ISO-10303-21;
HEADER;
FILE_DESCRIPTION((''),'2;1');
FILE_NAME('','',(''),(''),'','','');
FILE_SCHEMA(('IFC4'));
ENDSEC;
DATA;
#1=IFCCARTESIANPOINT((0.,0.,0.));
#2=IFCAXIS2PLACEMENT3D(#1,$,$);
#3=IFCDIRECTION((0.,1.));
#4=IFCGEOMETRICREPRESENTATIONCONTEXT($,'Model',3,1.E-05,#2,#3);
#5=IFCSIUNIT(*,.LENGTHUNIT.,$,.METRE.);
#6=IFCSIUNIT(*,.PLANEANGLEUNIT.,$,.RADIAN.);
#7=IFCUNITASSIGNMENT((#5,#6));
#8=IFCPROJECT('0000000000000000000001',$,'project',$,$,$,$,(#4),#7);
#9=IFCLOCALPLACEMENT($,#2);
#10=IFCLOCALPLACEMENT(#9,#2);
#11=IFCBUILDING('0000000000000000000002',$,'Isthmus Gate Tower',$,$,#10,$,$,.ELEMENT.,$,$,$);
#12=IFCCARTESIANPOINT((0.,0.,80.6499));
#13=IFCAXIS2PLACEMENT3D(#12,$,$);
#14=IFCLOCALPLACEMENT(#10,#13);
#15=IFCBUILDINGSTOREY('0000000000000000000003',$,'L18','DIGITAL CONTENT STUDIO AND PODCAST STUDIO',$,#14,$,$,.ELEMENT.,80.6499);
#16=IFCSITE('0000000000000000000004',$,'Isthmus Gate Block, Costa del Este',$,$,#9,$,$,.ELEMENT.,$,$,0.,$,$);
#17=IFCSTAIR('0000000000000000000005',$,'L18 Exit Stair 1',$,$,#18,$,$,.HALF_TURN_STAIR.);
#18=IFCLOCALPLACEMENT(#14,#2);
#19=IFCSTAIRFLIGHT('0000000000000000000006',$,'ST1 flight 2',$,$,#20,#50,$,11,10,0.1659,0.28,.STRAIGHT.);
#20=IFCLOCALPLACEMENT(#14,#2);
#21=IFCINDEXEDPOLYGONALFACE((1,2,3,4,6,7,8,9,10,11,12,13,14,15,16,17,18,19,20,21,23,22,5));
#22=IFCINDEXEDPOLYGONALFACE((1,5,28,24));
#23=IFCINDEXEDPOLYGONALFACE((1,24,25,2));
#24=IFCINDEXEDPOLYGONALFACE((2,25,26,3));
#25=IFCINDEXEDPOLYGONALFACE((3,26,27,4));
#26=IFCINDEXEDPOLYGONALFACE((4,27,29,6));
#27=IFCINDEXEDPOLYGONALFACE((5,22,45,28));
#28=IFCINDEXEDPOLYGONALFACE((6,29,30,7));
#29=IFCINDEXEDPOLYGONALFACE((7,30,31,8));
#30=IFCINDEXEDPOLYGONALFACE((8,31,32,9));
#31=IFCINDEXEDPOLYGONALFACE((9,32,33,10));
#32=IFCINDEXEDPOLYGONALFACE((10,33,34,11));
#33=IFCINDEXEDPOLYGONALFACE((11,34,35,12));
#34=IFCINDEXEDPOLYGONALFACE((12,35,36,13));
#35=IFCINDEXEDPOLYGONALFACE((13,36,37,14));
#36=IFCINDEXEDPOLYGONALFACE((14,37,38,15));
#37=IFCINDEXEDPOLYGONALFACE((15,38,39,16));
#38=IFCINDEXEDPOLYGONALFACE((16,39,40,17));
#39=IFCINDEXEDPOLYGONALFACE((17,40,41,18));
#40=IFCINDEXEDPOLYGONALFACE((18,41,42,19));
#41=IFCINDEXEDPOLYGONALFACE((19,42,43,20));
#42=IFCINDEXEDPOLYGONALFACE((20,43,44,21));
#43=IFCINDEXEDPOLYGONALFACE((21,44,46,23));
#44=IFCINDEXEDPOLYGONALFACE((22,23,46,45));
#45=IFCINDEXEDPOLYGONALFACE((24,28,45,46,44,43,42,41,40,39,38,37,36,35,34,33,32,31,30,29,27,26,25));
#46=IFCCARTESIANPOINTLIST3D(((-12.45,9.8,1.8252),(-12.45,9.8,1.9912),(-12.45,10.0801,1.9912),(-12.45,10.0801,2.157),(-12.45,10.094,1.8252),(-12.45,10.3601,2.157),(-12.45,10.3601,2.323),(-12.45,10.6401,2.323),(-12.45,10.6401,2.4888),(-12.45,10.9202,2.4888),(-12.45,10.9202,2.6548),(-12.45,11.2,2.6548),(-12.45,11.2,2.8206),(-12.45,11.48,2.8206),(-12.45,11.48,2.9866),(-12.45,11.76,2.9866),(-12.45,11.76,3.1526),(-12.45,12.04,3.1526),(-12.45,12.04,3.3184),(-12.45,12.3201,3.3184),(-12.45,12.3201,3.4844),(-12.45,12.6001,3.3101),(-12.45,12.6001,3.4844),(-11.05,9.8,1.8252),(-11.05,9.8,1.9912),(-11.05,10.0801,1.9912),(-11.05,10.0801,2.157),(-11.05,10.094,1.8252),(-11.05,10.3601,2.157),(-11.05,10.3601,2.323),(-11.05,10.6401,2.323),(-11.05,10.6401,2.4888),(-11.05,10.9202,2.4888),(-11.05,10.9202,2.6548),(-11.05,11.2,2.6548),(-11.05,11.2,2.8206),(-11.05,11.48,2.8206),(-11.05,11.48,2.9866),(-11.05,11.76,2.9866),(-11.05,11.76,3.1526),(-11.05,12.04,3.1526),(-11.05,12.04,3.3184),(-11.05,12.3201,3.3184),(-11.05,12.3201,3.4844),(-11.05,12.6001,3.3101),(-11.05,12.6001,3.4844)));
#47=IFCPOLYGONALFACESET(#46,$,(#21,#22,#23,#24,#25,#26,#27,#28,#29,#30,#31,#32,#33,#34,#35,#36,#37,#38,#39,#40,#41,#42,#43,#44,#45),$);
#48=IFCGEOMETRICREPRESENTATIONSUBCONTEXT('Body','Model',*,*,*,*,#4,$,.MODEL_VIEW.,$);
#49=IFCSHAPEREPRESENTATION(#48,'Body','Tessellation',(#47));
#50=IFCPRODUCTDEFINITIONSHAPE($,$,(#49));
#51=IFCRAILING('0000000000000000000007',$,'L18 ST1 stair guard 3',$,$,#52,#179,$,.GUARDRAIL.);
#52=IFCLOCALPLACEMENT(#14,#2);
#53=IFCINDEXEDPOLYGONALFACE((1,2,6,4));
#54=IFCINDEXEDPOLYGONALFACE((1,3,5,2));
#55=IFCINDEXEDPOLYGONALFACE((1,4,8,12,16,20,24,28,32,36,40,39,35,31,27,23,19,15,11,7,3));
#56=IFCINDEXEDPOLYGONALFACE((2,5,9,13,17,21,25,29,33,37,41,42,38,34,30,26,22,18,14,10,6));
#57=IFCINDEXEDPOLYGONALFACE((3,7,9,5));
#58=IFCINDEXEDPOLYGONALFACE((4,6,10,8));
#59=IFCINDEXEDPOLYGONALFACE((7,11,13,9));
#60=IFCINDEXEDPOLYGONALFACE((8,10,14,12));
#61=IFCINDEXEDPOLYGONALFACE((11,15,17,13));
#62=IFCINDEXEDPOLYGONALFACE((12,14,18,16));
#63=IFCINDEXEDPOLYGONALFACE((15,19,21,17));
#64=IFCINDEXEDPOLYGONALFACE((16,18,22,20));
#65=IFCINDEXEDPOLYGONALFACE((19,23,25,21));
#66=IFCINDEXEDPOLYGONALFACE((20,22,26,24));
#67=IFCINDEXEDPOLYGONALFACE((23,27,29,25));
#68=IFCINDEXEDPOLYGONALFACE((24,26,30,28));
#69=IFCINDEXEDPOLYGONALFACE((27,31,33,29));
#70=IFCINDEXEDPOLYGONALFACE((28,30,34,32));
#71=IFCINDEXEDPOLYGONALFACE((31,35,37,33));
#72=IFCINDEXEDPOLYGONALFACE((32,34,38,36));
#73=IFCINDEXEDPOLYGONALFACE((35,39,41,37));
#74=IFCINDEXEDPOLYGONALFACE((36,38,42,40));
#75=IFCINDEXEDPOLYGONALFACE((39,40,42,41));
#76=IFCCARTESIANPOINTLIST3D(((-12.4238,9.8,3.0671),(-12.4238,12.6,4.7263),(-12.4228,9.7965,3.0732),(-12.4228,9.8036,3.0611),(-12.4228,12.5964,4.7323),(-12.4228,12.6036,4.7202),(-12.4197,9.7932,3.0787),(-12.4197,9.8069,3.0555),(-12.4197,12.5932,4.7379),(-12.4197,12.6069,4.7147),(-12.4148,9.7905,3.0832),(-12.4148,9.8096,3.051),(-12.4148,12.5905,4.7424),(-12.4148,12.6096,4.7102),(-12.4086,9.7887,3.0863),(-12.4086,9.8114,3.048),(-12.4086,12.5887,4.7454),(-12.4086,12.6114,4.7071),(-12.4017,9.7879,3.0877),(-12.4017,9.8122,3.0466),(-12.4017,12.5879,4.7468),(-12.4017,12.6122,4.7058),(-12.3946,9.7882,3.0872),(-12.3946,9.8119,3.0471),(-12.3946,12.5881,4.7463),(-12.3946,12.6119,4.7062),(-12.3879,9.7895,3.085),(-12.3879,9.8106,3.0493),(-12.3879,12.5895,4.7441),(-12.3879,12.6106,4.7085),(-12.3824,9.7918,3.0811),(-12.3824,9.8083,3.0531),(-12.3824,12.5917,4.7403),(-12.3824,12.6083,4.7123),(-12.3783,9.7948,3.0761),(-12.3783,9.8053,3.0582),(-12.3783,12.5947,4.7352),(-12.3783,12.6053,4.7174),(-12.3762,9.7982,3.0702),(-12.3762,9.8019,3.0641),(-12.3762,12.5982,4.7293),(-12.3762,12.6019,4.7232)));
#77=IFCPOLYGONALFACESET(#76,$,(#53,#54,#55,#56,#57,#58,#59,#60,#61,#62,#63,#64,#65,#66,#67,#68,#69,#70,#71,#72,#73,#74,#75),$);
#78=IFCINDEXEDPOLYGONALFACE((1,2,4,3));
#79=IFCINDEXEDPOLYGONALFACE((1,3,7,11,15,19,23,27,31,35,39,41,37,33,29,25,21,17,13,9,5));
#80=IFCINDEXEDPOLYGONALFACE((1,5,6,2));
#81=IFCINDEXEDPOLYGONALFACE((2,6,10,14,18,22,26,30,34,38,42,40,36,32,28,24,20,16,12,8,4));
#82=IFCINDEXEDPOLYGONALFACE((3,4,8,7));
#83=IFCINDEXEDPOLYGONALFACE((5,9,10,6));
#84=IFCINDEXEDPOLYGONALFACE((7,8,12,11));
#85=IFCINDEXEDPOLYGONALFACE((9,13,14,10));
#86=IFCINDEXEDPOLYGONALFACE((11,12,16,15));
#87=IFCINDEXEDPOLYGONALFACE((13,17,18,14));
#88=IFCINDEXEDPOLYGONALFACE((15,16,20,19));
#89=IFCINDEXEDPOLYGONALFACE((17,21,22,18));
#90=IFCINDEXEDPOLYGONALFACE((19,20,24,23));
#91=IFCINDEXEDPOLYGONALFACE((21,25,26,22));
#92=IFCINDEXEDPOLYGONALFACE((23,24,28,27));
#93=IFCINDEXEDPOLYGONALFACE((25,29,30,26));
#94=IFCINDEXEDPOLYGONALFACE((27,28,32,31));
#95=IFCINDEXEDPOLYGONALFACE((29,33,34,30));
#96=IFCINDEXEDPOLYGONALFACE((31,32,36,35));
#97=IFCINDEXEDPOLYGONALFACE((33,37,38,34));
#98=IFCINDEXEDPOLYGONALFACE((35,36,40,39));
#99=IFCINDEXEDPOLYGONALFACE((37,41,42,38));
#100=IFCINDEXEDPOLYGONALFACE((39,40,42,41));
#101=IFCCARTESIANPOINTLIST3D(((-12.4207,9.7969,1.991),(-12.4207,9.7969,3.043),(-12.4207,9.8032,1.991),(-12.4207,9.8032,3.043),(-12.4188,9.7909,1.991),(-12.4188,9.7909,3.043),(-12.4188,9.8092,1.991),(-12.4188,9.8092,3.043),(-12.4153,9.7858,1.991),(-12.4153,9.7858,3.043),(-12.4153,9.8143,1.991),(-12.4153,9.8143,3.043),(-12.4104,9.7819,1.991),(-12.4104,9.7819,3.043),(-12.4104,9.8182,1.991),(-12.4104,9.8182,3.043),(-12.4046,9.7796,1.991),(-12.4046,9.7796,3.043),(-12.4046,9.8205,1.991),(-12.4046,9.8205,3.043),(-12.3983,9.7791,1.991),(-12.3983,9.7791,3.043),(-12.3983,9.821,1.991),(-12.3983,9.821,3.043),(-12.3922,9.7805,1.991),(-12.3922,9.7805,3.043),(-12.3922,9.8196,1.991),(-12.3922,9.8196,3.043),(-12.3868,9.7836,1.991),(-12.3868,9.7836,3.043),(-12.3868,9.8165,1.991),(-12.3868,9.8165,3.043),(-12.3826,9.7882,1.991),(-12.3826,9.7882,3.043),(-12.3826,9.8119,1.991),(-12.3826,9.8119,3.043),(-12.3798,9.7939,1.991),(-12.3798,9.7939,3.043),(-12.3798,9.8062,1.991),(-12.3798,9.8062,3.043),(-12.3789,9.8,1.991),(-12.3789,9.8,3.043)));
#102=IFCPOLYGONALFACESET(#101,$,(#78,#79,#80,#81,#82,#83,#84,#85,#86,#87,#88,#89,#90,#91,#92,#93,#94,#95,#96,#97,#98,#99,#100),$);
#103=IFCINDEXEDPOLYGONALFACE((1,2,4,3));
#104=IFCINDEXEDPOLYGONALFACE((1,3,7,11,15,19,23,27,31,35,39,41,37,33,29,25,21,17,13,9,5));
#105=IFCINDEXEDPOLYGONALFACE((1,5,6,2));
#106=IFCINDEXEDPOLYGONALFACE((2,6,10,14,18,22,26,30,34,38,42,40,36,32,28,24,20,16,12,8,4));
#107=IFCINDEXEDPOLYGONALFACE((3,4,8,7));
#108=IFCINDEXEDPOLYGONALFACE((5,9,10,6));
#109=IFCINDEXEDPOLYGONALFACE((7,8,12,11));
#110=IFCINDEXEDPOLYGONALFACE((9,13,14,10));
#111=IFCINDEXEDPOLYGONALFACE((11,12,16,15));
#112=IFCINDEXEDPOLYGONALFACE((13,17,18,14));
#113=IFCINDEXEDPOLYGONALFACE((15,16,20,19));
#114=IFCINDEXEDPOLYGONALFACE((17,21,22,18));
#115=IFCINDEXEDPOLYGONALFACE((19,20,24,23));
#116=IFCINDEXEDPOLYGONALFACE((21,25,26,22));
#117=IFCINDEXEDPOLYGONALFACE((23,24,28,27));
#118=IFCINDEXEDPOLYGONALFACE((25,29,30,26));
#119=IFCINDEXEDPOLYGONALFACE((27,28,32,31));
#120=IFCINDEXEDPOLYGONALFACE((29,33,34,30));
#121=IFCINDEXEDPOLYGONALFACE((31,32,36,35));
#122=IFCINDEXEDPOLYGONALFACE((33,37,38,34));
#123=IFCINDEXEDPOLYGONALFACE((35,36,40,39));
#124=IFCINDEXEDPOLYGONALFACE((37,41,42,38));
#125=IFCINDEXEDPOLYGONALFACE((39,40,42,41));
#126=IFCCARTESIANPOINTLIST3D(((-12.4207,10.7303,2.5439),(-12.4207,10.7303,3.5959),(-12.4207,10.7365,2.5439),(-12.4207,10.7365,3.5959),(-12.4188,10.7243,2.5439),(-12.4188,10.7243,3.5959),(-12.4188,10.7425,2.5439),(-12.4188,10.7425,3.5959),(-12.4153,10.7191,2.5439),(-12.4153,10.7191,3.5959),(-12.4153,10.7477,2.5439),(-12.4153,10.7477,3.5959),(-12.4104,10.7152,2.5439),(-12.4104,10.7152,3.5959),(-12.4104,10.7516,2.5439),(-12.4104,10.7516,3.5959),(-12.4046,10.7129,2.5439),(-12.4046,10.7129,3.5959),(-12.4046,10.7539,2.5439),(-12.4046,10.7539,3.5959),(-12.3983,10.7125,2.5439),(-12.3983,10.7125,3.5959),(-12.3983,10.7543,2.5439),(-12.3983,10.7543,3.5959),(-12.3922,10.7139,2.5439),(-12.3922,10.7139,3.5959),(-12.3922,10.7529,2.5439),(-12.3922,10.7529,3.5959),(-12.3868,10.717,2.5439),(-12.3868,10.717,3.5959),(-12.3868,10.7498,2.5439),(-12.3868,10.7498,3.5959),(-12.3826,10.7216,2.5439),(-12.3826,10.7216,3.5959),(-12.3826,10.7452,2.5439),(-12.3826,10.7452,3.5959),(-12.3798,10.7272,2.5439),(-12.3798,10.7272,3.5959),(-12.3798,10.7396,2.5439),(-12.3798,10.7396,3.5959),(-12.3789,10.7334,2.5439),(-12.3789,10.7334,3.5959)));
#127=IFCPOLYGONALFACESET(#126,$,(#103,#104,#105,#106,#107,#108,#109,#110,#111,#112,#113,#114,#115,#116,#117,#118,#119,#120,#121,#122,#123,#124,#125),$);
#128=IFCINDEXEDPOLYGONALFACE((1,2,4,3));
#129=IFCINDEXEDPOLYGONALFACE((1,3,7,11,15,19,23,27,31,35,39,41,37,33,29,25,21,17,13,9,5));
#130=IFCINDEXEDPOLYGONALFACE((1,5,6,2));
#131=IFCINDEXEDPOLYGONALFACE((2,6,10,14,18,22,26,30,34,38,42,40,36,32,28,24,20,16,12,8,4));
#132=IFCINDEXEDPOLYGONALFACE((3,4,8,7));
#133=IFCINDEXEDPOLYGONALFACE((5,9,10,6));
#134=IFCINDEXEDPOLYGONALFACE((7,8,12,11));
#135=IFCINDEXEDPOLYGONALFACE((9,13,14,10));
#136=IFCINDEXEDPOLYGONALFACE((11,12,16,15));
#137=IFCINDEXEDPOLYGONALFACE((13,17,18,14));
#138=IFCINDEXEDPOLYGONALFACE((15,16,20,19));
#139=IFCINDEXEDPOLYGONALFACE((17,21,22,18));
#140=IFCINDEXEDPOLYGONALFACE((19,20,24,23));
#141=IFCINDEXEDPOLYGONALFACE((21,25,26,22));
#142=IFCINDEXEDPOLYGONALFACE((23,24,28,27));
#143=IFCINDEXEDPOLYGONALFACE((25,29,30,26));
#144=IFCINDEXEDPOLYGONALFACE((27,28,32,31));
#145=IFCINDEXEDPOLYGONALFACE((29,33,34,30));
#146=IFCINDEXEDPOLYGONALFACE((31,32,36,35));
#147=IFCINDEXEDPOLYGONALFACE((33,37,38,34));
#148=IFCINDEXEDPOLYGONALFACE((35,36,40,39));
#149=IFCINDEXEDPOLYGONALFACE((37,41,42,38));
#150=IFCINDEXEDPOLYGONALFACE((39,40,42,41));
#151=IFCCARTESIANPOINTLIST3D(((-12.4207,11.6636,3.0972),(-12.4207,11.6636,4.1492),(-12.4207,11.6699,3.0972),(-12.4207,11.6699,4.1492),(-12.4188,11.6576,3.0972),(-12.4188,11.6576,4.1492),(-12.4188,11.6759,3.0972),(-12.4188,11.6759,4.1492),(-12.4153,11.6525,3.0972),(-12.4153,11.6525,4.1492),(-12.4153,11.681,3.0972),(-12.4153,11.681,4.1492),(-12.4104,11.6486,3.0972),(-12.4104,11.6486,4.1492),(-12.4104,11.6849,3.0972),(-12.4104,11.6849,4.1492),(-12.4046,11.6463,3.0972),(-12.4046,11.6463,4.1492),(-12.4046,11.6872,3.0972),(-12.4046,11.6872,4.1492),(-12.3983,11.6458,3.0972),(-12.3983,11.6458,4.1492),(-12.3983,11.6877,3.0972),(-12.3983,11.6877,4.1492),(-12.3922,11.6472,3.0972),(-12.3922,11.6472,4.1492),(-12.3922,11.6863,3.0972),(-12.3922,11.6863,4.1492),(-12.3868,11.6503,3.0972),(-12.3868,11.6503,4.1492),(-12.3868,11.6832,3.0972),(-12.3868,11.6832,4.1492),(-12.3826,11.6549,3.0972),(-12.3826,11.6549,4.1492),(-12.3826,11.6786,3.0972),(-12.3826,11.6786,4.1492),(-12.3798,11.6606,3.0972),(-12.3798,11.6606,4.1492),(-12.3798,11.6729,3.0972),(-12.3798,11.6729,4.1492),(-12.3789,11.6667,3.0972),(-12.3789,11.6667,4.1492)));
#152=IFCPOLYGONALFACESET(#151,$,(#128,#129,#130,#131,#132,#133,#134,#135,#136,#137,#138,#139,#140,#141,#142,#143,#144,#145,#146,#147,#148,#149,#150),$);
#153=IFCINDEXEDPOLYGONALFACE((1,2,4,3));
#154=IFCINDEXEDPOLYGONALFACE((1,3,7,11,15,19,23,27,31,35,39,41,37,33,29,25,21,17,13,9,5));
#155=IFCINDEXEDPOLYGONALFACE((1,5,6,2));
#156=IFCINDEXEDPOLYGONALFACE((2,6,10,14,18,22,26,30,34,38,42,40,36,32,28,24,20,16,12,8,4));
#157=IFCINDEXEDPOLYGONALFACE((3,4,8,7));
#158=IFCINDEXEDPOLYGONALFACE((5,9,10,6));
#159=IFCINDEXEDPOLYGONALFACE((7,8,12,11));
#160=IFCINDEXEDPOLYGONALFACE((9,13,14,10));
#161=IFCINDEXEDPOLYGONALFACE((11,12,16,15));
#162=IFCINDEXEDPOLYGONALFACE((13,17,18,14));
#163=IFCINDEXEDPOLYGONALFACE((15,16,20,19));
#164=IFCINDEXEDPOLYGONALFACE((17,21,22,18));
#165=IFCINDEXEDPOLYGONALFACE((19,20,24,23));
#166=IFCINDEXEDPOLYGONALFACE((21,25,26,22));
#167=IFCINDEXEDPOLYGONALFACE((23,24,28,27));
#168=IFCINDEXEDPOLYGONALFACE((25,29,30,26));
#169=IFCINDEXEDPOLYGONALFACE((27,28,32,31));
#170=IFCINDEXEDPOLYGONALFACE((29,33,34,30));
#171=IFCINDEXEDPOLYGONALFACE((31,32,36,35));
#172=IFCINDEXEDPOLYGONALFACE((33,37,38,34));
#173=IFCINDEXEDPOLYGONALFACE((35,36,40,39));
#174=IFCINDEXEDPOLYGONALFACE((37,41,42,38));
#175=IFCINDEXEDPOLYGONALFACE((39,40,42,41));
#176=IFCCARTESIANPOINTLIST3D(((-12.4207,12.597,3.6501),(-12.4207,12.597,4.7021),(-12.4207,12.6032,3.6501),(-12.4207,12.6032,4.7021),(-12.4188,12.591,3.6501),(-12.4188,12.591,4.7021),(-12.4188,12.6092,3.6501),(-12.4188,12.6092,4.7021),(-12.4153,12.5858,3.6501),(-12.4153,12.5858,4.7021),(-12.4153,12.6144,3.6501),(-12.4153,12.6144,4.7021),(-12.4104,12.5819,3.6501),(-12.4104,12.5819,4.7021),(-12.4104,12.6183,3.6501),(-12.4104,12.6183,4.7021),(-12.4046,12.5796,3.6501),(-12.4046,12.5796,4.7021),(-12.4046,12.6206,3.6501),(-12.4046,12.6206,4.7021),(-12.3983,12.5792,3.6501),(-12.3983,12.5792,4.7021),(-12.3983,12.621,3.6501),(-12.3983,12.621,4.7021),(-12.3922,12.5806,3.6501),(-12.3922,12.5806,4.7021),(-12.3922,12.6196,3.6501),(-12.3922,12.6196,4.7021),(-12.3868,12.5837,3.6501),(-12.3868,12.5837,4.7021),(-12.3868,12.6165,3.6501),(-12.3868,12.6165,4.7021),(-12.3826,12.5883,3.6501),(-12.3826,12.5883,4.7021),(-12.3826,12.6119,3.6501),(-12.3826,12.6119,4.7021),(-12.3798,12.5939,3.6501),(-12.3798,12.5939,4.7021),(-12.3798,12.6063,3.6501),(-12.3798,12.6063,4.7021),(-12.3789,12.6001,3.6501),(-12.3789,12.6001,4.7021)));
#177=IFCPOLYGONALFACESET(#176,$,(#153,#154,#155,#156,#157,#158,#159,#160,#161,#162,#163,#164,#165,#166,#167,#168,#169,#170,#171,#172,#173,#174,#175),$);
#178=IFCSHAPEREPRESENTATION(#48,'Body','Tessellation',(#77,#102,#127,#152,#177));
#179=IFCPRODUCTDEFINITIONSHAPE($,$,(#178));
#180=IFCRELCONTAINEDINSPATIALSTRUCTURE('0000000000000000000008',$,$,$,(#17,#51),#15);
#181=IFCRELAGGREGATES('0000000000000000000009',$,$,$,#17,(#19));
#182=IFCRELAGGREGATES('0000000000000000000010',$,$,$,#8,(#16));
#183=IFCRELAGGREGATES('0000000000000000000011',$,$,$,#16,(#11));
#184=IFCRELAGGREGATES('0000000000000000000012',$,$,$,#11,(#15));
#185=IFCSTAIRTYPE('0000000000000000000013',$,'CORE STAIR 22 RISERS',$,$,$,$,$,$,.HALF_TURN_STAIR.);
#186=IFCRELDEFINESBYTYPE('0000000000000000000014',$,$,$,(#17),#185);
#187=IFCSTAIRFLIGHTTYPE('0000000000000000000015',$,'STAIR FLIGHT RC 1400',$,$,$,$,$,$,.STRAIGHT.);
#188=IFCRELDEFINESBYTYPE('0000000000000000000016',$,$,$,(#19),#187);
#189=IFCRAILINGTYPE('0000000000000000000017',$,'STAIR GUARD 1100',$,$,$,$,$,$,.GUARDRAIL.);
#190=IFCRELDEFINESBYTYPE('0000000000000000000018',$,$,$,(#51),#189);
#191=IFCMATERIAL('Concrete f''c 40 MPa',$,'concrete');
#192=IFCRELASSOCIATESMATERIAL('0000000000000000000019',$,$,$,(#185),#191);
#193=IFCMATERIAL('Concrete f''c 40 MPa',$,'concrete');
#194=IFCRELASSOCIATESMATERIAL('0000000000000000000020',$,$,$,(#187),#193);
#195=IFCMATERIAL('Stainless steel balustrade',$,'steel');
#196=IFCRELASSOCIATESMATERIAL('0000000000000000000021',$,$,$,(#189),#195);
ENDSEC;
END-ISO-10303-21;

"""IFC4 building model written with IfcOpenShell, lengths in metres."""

from ifc_helpers import new_model, si_unit, direction, frame, origin, origin_2d, place, context, subcontext, project, spatial, polyline, circle, outline, extrude, material, type_object, element, aggregate, save


model = new_model("IFC4")

# Units and contexts
model_context = context("Model", 3, precision=1e-05, world=origin(), true_north=direction((0.0, 1.0)))
body_context = subcontext(model_context, "Body", "Model", "MODEL_VIEW")
ifc_project = project(units=[si_unit("LENGTHUNIT", "METRE"), si_unit("PLANEANGLEUNIT", "RADIAN")], contexts=[model_context])

# Site, building, storey
site_placement = place(None, origin())
site = spatial("IfcSite", under=ifc_project, at=site_placement, Name="Isthmus Gate Block, Costa del Este", CompositionType="ELEMENT", RefElevation=0.0)
building_placement = place(site_placement, origin())
building = spatial("IfcBuilding", under=site, at=building_placement, Name="Isthmus Gate Tower", CompositionType="ELEMENT")
storey_placement = place(building_placement, frame((0.0, 0.0, 80.6499)))
storey = spatial("IfcBuildingStorey", under=building, at=storey_placement, Name="L18", Description="DIGITAL CONTENT STUDIO AND PODCAST STUDIO", CompositionType="ELEMENT", Elevation=80.6499)

# Stair, stair flight
ifc_material_1 = material(Name="Concrete f'c 40 MPa", Category="concrete")
stair_type = type_object("IfcStairType", Name="CORE STAIR 22 RISERS", PredefinedType="HALF_TURN_STAIR", material=ifc_material_1)
stair_placement = place(storey_placement, origin())
stair = element("IfcStair", 1, at=stair_placement, inside=storey, type_object=stair_type, Name="L18 Exit Stair 1", PredefinedType="HALF_TURN_STAIR")
ifc_material_2 = material(Name="Concrete f'c 40 MPa", Category="concrete")
stair_flight_type = type_object("IfcStairFlightType", Name="STAIR FLIGHT RC 1400", PredefinedType="STRAIGHT", material=ifc_material_2)
stair_flight_placement = place(storey_placement, frame((-11.75, 9.8, 1.8252), z_axis=(0.0, 0.0, 1.0), x_axis=(0.0, 1.0, 0.0)))
stair_flight = element("IfcStairFlight", 2, at=stair_flight_placement, type_object=stair_flight_type, Name="ST1 flight 2", NumberOfRisers=11, NumberOfTreads=10, PredefinedType="STRAIGHT", RiserHeight=0.1659, TreadLength=0.28, context=body_context, shape_type="SweptSolid", body=[
    extrude(outline(polyline([(0.0, 0.0), (0.0, 0.166), (0.28, 0.166), (0.28, 0.3318), (0.5601, 0.3318), (0.5601, 0.4978), (0.8401, 0.4978), (0.8401, 0.6636), (1.1201, 0.6636), (1.1201, 0.8296), (1.3999, 0.8296), (1.3999, 0.9954), (1.6799, 0.9954), (1.6799, 1.1614), (1.96, 1.1614), (1.96, 1.3274), (2.24, 1.3274), (2.24, 1.4932), (2.52, 1.4932), (2.52, 1.6592), (2.8, 1.6592), (2.8, 1.825), (2.8, 1.4849), (0.2939, 0.0), (0.0, 0.0)])), frame((0.0, 0.7, 0.0), z_axis=(0.0, -1.0, 0.0), x_axis=(1.0, 0.0, 0.0)), (0.0, 0.0, 1.0), 1.3999),
])
aggregate(stair, [stair_flight])

# Railing
ifc_material_3 = material(Name="Stainless steel balustrade", Category="steel")
railing_type_1 = type_object("IfcRailingType", Name="STAIR GUARD 1100", PredefinedType="GUARDRAIL", material=ifc_material_3)
railing_1_placement = place(storey_placement, frame((-12.3999, 9.8, 1.991)))
element("IfcRailing", 3, at=railing_1_placement, inside=storey, type_object=railing_type_1, Name="L18 ST1 stair guard 3", PredefinedType="GUARDRAIL", context=body_context, shape_type="SweptSolid", body=[
    extrude(circle(Radius=0.0239, at=origin_2d()), frame((0.0, 0.0, 1.0762), z_axis=(0.0, 0.860306, 0.509778), x_axis=(-1.0, 0.0, 0.0)), (0.0, 0.0, 1.0), 3.2546),
    extrude(circle(Radius=0.021, at=origin_2d()), origin(), (0.0, 0.0, 1.0), 1.052),
    extrude(circle(Radius=0.021, at=origin_2d()), frame((0.0, 0.9333, 0.553)), (0.0, 0.0, 1.0), 1.052),
    extrude(circle(Radius=0.021, at=origin_2d()), frame((0.0, 1.8667, 1.1062)), (0.0, 0.0, 1.0), 1.052),
    extrude(circle(Radius=0.021, at=origin_2d()), frame((0.0, 2.8, 1.6592)), (0.0, 0.0, 1.0), 1.052),
])

save(model, "model.ifc")
